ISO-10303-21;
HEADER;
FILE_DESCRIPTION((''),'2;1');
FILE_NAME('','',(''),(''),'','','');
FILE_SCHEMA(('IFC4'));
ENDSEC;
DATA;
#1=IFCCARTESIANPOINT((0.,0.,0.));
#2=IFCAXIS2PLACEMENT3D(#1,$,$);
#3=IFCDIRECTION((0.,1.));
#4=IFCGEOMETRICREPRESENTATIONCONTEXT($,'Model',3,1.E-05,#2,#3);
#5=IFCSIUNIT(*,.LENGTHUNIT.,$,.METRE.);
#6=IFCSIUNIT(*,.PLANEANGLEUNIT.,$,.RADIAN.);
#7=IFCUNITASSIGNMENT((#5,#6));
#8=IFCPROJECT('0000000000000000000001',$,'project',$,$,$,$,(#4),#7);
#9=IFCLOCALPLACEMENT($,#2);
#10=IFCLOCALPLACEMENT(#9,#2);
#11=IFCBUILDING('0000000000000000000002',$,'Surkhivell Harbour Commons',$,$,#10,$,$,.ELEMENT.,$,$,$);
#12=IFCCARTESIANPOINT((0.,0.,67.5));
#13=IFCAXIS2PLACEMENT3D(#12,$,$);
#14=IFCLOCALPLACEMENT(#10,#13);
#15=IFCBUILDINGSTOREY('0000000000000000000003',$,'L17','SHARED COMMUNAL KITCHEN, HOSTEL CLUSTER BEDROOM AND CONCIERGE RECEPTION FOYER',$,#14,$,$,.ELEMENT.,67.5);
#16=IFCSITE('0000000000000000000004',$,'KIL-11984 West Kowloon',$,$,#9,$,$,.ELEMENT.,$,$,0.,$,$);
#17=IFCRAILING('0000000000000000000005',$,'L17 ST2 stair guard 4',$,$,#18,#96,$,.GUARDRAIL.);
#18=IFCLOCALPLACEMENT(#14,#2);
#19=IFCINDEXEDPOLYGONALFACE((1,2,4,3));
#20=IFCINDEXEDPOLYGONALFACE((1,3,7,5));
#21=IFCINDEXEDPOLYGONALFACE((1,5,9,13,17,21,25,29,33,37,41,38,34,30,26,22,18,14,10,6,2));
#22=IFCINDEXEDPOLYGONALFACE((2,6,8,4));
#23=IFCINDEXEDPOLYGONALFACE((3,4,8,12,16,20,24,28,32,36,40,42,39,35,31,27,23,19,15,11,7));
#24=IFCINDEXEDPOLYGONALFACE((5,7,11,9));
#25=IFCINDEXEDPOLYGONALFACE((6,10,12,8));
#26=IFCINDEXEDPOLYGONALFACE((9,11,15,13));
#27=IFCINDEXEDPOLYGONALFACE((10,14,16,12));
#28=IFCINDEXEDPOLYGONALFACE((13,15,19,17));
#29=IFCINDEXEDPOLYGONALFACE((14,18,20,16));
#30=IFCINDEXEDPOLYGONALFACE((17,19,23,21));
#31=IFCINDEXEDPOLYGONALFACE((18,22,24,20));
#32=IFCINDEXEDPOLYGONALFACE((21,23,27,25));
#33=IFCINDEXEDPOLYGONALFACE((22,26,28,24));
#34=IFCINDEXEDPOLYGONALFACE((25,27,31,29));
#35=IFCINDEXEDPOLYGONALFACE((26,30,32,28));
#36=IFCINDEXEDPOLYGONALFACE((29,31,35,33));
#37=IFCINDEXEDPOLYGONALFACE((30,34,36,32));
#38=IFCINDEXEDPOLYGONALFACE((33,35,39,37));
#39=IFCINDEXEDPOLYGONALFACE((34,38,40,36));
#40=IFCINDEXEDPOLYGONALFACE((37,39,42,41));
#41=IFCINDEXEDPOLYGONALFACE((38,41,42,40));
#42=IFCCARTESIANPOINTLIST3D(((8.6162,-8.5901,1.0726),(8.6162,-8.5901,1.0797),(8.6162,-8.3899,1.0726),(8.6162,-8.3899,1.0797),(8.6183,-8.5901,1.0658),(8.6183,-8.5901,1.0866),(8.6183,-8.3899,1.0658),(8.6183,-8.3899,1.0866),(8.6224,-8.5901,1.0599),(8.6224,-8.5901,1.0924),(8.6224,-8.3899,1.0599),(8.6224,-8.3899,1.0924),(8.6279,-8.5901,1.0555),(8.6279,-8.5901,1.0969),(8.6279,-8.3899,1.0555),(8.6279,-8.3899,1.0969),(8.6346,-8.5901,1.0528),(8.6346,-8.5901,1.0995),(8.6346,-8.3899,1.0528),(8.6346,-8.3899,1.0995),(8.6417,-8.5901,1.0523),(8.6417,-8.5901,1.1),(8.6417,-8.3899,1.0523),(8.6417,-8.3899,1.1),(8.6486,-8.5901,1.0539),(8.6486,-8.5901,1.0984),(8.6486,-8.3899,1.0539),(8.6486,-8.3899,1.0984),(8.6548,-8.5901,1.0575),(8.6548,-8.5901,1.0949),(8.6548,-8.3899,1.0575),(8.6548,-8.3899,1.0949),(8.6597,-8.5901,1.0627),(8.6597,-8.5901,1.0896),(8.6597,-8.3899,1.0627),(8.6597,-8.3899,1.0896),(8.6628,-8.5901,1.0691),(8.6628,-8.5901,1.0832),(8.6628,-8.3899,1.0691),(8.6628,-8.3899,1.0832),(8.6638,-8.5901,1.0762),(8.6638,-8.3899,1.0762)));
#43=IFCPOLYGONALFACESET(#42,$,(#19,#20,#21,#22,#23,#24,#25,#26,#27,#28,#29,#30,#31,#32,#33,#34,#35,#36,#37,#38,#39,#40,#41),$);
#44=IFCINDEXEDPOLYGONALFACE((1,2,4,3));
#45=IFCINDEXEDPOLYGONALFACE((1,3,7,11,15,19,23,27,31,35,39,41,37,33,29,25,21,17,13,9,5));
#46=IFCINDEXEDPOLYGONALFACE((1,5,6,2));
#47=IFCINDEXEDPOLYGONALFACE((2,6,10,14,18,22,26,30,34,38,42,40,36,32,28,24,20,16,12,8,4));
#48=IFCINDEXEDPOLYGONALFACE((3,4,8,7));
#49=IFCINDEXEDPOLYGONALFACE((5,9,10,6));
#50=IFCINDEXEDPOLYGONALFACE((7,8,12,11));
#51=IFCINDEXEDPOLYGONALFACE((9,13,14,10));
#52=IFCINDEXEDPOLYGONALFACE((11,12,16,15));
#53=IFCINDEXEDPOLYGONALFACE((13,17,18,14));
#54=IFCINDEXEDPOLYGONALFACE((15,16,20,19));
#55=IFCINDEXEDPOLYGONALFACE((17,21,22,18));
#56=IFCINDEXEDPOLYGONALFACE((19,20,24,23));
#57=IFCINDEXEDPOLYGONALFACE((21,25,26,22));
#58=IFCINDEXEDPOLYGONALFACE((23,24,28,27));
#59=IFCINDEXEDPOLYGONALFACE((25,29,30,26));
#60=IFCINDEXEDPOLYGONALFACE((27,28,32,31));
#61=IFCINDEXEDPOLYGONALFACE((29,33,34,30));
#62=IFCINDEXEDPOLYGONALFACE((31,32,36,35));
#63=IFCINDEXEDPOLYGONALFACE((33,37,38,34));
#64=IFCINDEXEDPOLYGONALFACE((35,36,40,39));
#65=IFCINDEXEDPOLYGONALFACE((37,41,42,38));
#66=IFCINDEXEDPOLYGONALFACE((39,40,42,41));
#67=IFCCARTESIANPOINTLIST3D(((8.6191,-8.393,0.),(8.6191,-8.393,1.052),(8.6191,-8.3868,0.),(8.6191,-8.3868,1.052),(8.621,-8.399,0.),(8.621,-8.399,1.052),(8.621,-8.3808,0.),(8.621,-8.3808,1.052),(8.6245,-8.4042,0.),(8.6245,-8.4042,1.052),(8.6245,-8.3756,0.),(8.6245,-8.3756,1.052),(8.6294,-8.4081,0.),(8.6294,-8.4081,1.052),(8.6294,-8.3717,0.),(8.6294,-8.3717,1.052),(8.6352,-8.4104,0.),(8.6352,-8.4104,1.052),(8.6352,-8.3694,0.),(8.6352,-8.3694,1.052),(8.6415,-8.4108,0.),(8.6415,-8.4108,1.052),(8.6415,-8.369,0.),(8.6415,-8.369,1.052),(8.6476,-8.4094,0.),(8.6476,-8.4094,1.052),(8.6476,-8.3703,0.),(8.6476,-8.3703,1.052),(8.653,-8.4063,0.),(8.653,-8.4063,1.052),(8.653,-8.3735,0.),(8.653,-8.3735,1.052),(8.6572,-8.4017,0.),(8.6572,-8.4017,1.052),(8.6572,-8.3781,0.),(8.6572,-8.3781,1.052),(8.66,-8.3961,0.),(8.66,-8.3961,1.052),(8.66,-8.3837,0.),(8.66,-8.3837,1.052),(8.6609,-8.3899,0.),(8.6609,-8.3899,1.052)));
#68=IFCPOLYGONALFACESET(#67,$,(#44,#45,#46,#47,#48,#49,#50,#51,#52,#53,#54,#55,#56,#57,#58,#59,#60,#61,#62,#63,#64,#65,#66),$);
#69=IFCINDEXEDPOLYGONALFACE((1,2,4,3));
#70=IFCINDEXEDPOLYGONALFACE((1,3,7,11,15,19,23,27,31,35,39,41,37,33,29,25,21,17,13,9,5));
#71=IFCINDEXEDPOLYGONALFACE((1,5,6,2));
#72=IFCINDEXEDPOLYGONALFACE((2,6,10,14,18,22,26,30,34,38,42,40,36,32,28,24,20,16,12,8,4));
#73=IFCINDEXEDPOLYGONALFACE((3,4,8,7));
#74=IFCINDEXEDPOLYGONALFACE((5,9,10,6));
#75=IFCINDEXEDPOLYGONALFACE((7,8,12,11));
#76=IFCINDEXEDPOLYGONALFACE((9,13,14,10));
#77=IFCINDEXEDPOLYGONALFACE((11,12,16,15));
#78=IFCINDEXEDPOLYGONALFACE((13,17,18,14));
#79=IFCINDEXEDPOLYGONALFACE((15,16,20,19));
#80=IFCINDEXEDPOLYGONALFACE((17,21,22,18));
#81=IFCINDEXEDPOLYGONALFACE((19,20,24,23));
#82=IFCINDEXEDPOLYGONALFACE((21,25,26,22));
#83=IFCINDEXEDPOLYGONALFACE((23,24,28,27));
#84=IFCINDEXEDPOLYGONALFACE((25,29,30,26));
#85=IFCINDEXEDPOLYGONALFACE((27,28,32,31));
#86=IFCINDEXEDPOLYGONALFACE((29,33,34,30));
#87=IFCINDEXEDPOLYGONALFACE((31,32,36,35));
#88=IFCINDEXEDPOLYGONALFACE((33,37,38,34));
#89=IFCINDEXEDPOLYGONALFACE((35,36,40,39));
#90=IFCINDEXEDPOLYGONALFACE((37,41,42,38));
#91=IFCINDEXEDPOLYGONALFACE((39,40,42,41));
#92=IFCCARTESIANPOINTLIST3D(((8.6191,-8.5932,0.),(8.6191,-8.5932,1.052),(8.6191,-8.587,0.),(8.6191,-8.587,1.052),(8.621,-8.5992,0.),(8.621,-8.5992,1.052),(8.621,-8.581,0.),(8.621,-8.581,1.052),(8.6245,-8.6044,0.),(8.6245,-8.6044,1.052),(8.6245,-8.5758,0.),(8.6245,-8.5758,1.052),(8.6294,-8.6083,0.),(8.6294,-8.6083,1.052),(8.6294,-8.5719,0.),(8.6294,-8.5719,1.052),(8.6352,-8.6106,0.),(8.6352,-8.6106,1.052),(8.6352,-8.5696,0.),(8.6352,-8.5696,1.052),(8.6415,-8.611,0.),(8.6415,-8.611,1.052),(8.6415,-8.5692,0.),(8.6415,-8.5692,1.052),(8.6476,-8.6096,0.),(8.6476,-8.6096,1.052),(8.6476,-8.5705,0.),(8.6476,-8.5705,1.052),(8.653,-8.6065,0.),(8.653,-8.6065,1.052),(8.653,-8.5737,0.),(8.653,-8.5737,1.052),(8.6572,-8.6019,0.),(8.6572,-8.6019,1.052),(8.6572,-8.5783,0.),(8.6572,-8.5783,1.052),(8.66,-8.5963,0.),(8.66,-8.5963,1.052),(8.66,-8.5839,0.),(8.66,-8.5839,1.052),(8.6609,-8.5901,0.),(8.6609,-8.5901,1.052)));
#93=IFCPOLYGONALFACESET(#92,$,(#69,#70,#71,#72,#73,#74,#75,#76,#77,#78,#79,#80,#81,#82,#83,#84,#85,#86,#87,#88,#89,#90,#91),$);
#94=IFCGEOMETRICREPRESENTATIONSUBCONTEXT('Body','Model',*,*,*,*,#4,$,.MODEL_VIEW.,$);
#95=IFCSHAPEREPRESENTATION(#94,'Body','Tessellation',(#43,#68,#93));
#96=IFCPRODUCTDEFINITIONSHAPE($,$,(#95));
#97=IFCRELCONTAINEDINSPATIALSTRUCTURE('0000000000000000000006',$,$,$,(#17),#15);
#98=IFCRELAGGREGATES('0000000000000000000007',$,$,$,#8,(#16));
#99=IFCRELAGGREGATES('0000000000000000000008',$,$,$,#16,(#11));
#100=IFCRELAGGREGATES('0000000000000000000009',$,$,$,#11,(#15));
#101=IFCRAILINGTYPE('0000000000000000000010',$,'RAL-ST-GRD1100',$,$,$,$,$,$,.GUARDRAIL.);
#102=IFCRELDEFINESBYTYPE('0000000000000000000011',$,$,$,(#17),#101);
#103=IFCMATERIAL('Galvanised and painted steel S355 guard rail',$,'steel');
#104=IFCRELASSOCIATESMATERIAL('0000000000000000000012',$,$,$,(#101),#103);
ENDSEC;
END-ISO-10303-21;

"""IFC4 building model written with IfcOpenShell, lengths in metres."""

from ifc_helpers import new_model, si_unit, direction, frame, origin, origin_2d, place, context, subcontext, project, spatial, circle, extrude, material, type_object, element, save


model = new_model("IFC4")

# Units and contexts
model_context = context("Model", 3, precision=1e-05, world=origin(), true_north=direction((0.0, 1.0)))
body_context = subcontext(model_context, "Body", "Model", "MODEL_VIEW")
ifc_project = project(units=[si_unit("LENGTHUNIT", "METRE"), si_unit("PLANEANGLEUNIT", "RADIAN")], contexts=[model_context])

# Site, building, storey
site_placement = place(None, origin())
site = spatial("IfcSite", under=ifc_project, at=site_placement, Name="KIL-11984 West Kowloon", CompositionType="ELEMENT", RefElevation=0.0)
building_placement = place(site_placement, origin())
building = spatial("IfcBuilding", under=site, at=building_placement, Name="Surkhivell Harbour Commons", CompositionType="ELEMENT")
storey_placement = place(building_placement, frame((0.0, 0.0, 67.5)))
storey = spatial("IfcBuildingStorey", under=building, at=storey_placement, Name="L17", Description="SHARED COMMUNAL KITCHEN, HOSTEL CLUSTER BEDROOM AND CONCIERGE RECEPTION FOYER", CompositionType="ELEMENT", Elevation=67.5)

# Railing
ifc_material_1 = material(Name="Galvanised and painted steel S355 guard rail", Category="steel")
railing_type_1 = type_object("IfcRailingType", Name="RAL-ST-GRD1100", PredefinedType="GUARDRAIL", material=ifc_material_1)
railing_1_placement = place(storey_placement, frame((8.6399, -8.3899, 0.0)))
element("IfcRailing", 1, at=railing_1_placement, inside=storey, type_object=railing_type_1, Name="L17 ST2 stair guard 4", PredefinedType="GUARDRAIL", context=body_context, shape_type="SweptSolid", body=[
    extrude(circle(Radius=0.0239, at=origin_2d()), frame((0.0, 0.0, 1.0762), z_axis=(0.0, -1.0, 0.0), x_axis=(1.0, 0.0, 0.0)), (0.0, 0.0, 1.0), 0.2002),
    extrude(circle(Radius=0.021, at=origin_2d()), origin(), (0.0, 0.0, 1.0), 1.052),
    extrude(circle(Radius=0.021, at=origin_2d()), frame((0.0, -0.2002, 0.0)), (0.0, 0.0, 1.0), 1.052),
])

save(model, "model.ifc")
